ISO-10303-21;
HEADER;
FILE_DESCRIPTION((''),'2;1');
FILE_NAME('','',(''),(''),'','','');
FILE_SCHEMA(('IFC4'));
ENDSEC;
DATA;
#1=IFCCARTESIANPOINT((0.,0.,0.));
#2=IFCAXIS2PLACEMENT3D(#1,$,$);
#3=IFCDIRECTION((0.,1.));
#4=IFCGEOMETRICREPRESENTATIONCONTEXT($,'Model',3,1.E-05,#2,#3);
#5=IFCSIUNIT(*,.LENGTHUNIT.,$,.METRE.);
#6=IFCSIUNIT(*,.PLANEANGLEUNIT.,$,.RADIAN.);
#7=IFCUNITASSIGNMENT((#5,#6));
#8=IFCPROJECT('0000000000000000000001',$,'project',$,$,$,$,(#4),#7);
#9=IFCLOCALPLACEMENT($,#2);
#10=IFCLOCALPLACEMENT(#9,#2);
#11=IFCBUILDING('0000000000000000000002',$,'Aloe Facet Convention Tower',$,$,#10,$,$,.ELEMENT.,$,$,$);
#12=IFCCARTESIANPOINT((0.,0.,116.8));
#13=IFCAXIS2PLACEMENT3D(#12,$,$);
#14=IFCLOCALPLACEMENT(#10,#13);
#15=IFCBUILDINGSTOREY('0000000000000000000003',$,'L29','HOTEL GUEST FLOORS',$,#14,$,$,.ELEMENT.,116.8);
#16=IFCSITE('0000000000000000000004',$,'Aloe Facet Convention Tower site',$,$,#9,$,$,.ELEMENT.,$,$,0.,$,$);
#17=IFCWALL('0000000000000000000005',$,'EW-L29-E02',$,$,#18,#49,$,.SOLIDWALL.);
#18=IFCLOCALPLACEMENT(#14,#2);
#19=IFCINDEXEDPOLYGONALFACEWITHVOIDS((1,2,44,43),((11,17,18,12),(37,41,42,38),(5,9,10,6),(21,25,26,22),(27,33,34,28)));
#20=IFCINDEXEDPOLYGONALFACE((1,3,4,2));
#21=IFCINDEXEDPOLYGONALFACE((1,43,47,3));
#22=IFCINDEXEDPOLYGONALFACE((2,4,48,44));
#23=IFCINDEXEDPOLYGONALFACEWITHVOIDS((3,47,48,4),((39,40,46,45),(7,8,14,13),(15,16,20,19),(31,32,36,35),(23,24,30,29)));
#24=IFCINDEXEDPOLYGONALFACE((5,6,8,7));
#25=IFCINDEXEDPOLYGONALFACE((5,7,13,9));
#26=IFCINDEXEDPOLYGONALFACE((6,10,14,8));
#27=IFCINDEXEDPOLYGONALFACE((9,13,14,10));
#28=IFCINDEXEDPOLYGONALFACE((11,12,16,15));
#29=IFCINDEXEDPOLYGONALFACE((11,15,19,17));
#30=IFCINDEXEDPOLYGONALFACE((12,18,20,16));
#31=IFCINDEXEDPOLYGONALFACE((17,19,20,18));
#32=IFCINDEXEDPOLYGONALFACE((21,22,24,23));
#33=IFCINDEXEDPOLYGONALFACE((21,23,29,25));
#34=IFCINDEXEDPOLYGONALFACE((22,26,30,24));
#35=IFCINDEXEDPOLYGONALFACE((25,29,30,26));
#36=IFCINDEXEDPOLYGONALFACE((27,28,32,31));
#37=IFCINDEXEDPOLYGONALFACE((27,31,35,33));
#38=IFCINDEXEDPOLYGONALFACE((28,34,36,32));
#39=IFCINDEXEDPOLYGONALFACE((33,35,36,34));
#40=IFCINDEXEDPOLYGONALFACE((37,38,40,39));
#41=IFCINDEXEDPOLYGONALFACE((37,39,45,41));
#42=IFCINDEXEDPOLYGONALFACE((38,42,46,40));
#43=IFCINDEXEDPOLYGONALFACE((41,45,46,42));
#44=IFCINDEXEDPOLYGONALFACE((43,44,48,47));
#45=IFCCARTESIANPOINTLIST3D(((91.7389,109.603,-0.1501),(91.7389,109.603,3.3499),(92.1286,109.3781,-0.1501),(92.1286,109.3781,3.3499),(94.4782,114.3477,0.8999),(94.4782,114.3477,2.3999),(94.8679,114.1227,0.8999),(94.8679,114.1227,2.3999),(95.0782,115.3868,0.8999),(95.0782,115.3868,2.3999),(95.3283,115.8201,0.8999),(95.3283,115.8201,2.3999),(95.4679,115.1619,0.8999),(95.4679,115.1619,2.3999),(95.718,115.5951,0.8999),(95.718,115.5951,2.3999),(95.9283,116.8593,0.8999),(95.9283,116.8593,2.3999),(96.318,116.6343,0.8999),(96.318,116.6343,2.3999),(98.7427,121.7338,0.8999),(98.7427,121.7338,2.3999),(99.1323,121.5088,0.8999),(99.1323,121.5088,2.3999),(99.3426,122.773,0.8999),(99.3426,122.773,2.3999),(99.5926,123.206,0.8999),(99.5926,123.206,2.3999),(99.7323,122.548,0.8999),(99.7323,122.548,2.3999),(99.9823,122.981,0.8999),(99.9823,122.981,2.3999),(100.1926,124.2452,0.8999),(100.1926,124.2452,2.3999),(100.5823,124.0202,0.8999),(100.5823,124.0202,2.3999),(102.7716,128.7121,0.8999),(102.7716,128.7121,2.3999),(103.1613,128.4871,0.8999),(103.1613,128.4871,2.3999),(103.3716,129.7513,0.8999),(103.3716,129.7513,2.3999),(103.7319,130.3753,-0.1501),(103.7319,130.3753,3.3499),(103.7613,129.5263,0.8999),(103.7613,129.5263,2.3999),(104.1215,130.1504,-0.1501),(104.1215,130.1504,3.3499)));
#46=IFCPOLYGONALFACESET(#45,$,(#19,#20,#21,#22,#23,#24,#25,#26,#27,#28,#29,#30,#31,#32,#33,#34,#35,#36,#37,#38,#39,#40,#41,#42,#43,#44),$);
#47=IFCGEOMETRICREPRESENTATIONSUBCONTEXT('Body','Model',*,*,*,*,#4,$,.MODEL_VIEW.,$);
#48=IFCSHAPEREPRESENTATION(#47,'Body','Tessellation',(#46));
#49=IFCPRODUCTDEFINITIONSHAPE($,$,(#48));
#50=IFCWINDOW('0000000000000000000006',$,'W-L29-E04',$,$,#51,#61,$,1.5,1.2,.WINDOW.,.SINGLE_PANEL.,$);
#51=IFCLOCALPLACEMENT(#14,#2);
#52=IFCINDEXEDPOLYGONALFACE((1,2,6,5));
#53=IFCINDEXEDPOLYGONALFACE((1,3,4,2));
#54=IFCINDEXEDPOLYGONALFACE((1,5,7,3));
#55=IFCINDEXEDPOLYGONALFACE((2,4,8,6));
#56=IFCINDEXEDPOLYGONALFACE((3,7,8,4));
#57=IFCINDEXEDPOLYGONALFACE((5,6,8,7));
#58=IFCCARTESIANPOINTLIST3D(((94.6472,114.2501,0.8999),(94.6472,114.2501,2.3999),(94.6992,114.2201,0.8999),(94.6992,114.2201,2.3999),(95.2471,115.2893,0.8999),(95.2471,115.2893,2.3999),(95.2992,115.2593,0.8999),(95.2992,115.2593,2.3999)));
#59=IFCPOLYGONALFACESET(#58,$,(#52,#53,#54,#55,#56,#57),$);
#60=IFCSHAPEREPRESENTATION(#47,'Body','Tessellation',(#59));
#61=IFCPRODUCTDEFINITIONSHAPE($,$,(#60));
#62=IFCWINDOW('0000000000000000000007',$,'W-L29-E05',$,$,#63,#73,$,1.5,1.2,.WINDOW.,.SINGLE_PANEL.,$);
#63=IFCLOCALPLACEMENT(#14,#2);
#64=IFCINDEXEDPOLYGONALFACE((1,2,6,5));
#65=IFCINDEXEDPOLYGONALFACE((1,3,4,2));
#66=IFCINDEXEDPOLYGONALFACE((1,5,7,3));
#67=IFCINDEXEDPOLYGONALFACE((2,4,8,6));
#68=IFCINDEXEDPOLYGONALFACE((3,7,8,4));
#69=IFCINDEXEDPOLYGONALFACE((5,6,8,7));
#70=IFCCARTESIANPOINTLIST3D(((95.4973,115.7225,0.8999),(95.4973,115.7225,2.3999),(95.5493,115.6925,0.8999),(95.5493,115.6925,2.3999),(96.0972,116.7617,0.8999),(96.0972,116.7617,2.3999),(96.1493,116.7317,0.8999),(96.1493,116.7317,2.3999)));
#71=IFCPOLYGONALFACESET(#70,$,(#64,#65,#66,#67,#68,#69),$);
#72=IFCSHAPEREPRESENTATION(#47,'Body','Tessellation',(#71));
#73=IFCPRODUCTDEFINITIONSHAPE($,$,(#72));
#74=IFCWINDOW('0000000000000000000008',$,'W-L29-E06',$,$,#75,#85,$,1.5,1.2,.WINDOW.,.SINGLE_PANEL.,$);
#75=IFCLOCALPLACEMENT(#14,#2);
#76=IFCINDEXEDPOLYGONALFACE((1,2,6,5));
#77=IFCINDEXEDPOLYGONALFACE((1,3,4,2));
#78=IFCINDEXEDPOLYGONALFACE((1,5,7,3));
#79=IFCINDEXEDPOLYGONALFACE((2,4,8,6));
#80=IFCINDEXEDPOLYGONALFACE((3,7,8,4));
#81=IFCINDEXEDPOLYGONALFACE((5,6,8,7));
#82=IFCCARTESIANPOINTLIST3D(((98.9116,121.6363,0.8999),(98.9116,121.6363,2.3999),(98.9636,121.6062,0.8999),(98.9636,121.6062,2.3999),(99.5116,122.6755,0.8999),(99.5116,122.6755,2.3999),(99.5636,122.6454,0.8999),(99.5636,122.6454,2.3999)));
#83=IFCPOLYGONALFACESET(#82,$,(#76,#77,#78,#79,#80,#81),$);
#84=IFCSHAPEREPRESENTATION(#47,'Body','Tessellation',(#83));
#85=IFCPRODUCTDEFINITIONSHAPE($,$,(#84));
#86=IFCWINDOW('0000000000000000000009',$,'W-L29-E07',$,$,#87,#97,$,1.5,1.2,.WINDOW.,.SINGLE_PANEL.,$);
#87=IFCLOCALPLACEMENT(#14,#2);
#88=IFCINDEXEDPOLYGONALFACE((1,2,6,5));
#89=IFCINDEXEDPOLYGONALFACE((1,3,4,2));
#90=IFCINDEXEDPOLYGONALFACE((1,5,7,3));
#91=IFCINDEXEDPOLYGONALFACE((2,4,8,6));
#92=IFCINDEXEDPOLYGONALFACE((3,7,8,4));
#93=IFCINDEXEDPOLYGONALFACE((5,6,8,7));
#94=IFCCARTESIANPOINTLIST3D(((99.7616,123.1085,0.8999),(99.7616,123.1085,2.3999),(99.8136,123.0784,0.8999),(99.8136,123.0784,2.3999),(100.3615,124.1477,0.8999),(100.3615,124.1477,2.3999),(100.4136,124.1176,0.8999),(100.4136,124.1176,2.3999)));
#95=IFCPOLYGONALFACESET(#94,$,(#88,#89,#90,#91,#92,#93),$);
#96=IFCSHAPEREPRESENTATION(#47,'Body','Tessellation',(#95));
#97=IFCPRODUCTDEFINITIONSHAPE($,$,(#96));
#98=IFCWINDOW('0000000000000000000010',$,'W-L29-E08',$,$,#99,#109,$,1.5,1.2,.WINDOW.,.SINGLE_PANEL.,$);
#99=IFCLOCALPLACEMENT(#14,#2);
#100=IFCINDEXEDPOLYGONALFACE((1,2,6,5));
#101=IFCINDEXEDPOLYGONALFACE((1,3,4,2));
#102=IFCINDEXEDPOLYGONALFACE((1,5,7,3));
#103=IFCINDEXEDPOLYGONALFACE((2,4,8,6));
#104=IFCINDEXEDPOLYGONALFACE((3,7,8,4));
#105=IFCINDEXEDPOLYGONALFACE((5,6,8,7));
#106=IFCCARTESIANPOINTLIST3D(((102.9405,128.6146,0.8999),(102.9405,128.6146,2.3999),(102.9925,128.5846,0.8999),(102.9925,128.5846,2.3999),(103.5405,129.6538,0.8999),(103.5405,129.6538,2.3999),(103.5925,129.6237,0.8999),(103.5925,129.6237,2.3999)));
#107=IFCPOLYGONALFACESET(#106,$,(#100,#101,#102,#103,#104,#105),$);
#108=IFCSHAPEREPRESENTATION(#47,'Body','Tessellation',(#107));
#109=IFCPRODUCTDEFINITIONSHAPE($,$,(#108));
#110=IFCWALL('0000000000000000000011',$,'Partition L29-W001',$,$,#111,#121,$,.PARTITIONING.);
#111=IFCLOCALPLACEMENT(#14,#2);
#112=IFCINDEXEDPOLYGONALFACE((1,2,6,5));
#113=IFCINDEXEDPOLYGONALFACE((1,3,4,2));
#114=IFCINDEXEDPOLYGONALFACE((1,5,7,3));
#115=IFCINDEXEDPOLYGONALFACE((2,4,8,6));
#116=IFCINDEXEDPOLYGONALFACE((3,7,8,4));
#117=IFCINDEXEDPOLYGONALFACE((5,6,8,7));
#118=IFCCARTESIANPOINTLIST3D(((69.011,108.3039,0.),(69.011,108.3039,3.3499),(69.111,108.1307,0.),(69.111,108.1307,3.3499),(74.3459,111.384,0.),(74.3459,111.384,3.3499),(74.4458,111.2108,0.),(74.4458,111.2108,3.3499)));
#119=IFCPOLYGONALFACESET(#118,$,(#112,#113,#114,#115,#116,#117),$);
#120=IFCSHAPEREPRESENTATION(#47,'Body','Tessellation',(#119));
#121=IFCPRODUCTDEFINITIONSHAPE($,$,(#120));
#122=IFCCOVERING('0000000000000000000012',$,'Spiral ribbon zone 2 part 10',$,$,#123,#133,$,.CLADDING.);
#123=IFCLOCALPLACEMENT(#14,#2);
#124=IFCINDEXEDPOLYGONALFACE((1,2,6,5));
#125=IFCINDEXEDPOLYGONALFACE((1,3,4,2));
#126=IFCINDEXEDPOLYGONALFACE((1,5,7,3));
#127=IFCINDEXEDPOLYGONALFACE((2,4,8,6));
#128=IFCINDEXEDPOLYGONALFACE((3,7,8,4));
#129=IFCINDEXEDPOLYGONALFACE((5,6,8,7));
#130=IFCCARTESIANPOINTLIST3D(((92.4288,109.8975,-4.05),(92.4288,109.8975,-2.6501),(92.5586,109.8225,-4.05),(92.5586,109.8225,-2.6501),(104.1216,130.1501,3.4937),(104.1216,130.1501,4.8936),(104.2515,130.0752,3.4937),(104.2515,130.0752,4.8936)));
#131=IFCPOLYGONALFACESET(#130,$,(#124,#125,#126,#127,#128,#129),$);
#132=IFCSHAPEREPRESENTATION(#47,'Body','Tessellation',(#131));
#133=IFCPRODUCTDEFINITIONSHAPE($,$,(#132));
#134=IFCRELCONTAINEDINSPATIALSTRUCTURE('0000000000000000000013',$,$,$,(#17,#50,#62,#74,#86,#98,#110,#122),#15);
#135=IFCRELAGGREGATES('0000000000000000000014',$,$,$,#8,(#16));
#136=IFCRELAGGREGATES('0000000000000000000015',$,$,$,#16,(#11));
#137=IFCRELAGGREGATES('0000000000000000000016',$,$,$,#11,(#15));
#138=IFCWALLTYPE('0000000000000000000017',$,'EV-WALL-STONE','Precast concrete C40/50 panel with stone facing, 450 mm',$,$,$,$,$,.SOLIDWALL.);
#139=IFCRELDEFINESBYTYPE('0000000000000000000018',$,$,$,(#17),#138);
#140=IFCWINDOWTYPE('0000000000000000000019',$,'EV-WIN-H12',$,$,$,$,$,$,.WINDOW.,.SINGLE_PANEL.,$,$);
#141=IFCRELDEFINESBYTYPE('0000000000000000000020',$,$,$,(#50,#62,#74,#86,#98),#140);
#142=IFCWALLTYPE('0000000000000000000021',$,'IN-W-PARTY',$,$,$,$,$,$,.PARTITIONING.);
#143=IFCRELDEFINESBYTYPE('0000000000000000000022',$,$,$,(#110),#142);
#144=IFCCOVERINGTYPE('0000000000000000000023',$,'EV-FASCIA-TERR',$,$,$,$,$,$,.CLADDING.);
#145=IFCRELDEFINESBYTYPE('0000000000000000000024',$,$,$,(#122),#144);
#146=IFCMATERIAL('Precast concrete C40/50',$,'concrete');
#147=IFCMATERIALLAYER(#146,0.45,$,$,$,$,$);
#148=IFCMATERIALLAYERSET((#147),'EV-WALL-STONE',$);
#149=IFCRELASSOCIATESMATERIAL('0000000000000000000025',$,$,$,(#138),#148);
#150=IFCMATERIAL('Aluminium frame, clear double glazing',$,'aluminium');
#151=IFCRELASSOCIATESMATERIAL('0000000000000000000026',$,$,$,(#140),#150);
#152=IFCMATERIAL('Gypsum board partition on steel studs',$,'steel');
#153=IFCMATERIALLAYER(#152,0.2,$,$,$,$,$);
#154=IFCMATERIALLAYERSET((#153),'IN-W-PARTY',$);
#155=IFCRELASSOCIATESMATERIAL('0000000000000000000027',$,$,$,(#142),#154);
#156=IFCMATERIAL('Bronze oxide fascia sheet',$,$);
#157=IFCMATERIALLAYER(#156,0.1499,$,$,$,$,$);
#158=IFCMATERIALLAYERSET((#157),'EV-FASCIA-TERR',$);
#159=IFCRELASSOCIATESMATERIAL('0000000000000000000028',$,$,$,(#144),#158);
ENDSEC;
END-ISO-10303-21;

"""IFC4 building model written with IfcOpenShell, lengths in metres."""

from ifc_helpers import new_model, si_unit, direction, frame, frame_2d, origin, place, context, subcontext, project, spatial, polyline, rectangle, outline, extrude, material, layer, layer_set, type_object, element, fill, save


model = new_model("IFC4")

# Units and contexts
model_context = context("Model", 3, precision=1e-05, world=origin(), true_north=direction((0.0, 1.0)))
body_context = subcontext(model_context, "Body", "Model", "MODEL_VIEW")
ifc_project = project(units=[si_unit("LENGTHUNIT", "METRE"), si_unit("PLANEANGLEUNIT", "RADIAN")], contexts=[model_context])

# Site, building, storey
site_placement = place(None, origin())
site = spatial("IfcSite", under=ifc_project, at=site_placement, Name="Aloe Facet Convention Tower site", CompositionType="ELEMENT", RefElevation=0.0)
building_placement = place(site_placement, origin())
building = spatial("IfcBuilding", under=site, at=building_placement, Name="Aloe Facet Convention Tower", CompositionType="ELEMENT")
storey_placement = place(building_placement, frame((0.0, 0.0, 116.8)))
storey = spatial("IfcBuildingStorey", under=building, at=storey_placement, Name="L29", Description="HOTEL GUEST FLOORS", CompositionType="ELEMENT", Elevation=116.8)

# Wall, openings, windows
ifc_material_1 = material(Name="Precast concrete C40/50", Category="concrete")
ifc_layer_1 = layer(ifc_material_1, 0.45)
ifc_layer_set_1 = layer_set([ifc_layer_1], Name="EV-WALL-STONE")
wall_type_1 = type_object("IfcWallType", Name="EV-WALL-STONE", Description="Precast concrete C40/50 panel with stone facing, 450 mm", PredefinedType="SOLIDWALL", material=ifc_layer_set_1)
wall_1_placement = place(storey_placement, frame((91.9338, 109.4905, -0.1501), z_axis=(0.0, 0.0, 1.0), x_axis=(0.500002, 0.866024, 0.0)))
wall_1 = element("IfcWall", 1, at=wall_1_placement, inside=storey, type_object=wall_type_1, Name="EW-L29-E02", PredefinedType="SOLIDWALL", context=body_context, shape_type="SweptSolid", body=[
    extrude(outline(polyline([(23.9858, 3.5), (23.9858, 0.0), (0.0, 0.0), (0.0, 3.5), (23.9858, 3.5)])), frame((0.0, 0.2251, 0.0), z_axis=(0.0, -1.0, 0.0), x_axis=(1.0, 0.0, 0.0)), (0.0, 0.0, 1.0), 0.45),
])
opening_1_placement = place(wall_1_placement, frame((5.4785, 0.0, 1.05)))
opening_1 = element("IfcOpeningElement", 2, at=opening_1_placement, cuts=wall_1, PredefinedType="OPENING", context=body_context, shape_type="SweptSolid", body=[
    extrude(rectangle(XDim=1.2, YDim=1.5, at=frame_2d((0.6001, 0.75))), frame((0.0, 0.2349, 0.0), z_axis=(0.0, -1.0, 0.0), x_axis=(1.0, 0.0, 0.0)), (0.0, 0.0, 1.0), 0.47),
])
opening_2_placement = place(wall_1_placement, frame((7.1787, 0.0, 1.05)))
opening_2 = element("IfcOpeningElement", 3, at=opening_2_placement, cuts=wall_1, PredefinedType="OPENING", context=body_context, shape_type="SweptSolid", body=[
    extrude(rectangle(XDim=1.2, YDim=1.5, at=frame_2d((0.6001, 0.75))), frame((0.0, 0.2349, 0.0), z_axis=(0.0, -1.0, 0.0), x_axis=(1.0, 0.0, 0.0)), (0.0, 0.0, 1.0), 0.47),
])
opening_3_placement = place(wall_1_placement, frame((14.0073, 0.0, 1.05)))
opening_3 = element("IfcOpeningElement", 4, at=opening_3_placement, cuts=wall_1, PredefinedType="OPENING", context=body_context, shape_type="SweptSolid", body=[
    extrude(rectangle(XDim=1.2, YDim=1.5, at=frame_2d((0.6001, 0.75))), frame((0.0, 0.2349, 0.0), z_axis=(0.0, -1.0, 0.0), x_axis=(1.0, 0.0, 0.0)), (0.0, 0.0, 1.0), 0.47),
])
opening_4_placement = place(wall_1_placement, frame((15.7073, 0.0, 1.05)))
opening_4 = element("IfcOpeningElement", 5, at=opening_4_placement, cuts=wall_1, PredefinedType="OPENING", context=body_context, shape_type="SweptSolid", body=[
    extrude(rectangle(XDim=1.2, YDim=1.5, at=frame_2d((0.6001, 0.75))), frame((0.0, 0.2349, 0.0), z_axis=(0.0, -1.0, 0.0), x_axis=(1.0, 0.0, 0.0)), (0.0, 0.0, 1.0), 0.47),
])
opening_5_placement = place(wall_1_placement, frame((22.0652, 0.0, 1.05)))
opening_5 = element("IfcOpeningElement", 6, at=opening_5_placement, cuts=wall_1, PredefinedType="OPENING", context=body_context, shape_type="SweptSolid", body=[
    extrude(rectangle(XDim=1.2, YDim=1.5, at=frame_2d((0.6001, 0.75))), frame((0.0, 0.2349, 0.0), z_axis=(0.0, -1.0, 0.0), x_axis=(1.0, 0.0, 0.0)), (0.0, 0.0, 1.0), 0.47),
])
ifc_material_2 = material(Name="Aluminium frame, clear double glazing", Category="aluminium")
window_type = type_object("IfcWindowType", Name="EV-WIN-H12", PartitioningType="SINGLE_PANEL", PredefinedType="WINDOW", material=ifc_material_2)
window_1_placement = place(opening_1_placement, origin())
window_1 = element("IfcWindow", 7, at=window_1_placement, inside=storey, type_object=window_type, Name="W-L29-E04", OverallHeight=1.5, OverallWidth=1.2, PartitioningType="SINGLE_PANEL", PredefinedType="WINDOW", context=body_context, shape_type="SweptSolid", body=[
    extrude(rectangle(XDim=1.2, YDim=1.5, at=frame_2d((0.6001, 0.75))), frame((0.0, 0.03, 0.0), z_axis=(0.0, -1.0, 0.0), x_axis=(1.0, 0.0, 0.0)), (0.0, 0.0, 1.0), 0.0601),
])
fill(opening_1, window_1)
window_2_placement = place(opening_2_placement, origin())
window_2 = element("IfcWindow", 8, at=window_2_placement, inside=storey, type_object=window_type, Name="W-L29-E05", OverallHeight=1.5, OverallWidth=1.2, PartitioningType="SINGLE_PANEL", PredefinedType="WINDOW", context=body_context, shape_type="SweptSolid", body=[
    extrude(rectangle(XDim=1.2, YDim=1.5, at=frame_2d((0.6001, 0.75))), frame((0.0, 0.03, 0.0), z_axis=(0.0, -1.0, 0.0), x_axis=(1.0, 0.0, 0.0)), (0.0, 0.0, 1.0), 0.0601),
])
fill(opening_2, window_2)
window_3_placement = place(opening_3_placement, origin())
window_3 = element("IfcWindow", 9, at=window_3_placement, inside=storey, type_object=window_type, Name="W-L29-E06", OverallHeight=1.5, OverallWidth=1.2, PartitioningType="SINGLE_PANEL", PredefinedType="WINDOW", context=body_context, shape_type="SweptSolid", body=[
    extrude(rectangle(XDim=1.2, YDim=1.5, at=frame_2d((0.6001, 0.75))), frame((0.0, 0.03, 0.0), z_axis=(0.0, -1.0, 0.0), x_axis=(1.0, 0.0, 0.0)), (0.0, 0.0, 1.0), 0.0601),
])
fill(opening_3, window_3)
window_4_placement = place(opening_4_placement, origin())
window_4 = element("IfcWindow", 10, at=window_4_placement, inside=storey, type_object=window_type, Name="W-L29-E07", OverallHeight=1.5, OverallWidth=1.2, PartitioningType="SINGLE_PANEL", PredefinedType="WINDOW", context=body_context, shape_type="SweptSolid", body=[
    extrude(rectangle(XDim=1.2, YDim=1.5, at=frame_2d((0.6001, 0.75))), frame((0.0, 0.03, 0.0), z_axis=(0.0, -1.0, 0.0), x_axis=(1.0, 0.0, 0.0)), (0.0, 0.0, 1.0), 0.0601),
])
fill(opening_4, window_4)
window_5_placement = place(opening_5_placement, origin())
window_5 = element("IfcWindow", 11, at=window_5_placement, inside=storey, type_object=window_type, Name="W-L29-E08", OverallHeight=1.5, OverallWidth=1.2, PartitioningType="SINGLE_PANEL", PredefinedType="WINDOW", context=body_context, shape_type="SweptSolid", body=[
    extrude(rectangle(XDim=1.2, YDim=1.5, at=frame_2d((0.6001, 0.75))), frame((0.0, 0.03, 0.0), z_axis=(0.0, -1.0, 0.0), x_axis=(1.0, 0.0, 0.0)), (0.0, 0.0, 1.0), 0.0601),
])
fill(opening_5, window_5)

# Wall
ifc_material_3 = material(Name="Gypsum board partition on steel studs", Category="steel")
ifc_layer_2 = layer(ifc_material_3, 0.2)
ifc_layer_set_2 = layer_set([ifc_layer_2], Name="IN-W-PARTY")
wall_type_2 = type_object("IfcWallType", Name="IN-W-PARTY", PredefinedType="PARTITIONING", material=ifc_layer_set_2)
wall_2_placement = place(storey_placement, frame((69.061, 108.2173, 0.0), z_axis=(0.0, 0.0, 1.0), x_axis=(0.86602, 0.500009, 0.0)))
element("IfcWall", 12, at=wall_2_placement, inside=storey, type_object=wall_type_2, Name="Partition L29-W001", PredefinedType="PARTITIONING", context=body_context, shape_type="SweptSolid", body=[
    extrude(rectangle(XDim=6.1602, YDim=0.2, at=frame_2d((3.0801, 0.0))), origin(), (0.0, 0.0, 1.0), 3.3499),
])

# Covering
ifc_material_4 = material(Name="Bronze oxide fascia sheet")
ifc_layer_3 = layer(ifc_material_4, 0.1499)
ifc_layer_set_3 = layer_set([ifc_layer_3], Name="EV-FASCIA-TERR")
covering_type = type_object("IfcCoveringType", Name="EV-FASCIA-TERR", PredefinedType="CLADDING", material=ifc_layer_set_3)
covering_placement = place(storey_placement, frame((92.5586, 109.8225, -4.05), z_axis=(0.866026, -0.499999, 0.0), x_axis=(0.475854, 0.824205, 0.306999)))
element("IfcCovering", 13, at=covering_placement, inside=storey, type_object=covering_type, Name="Spiral ribbon zone 2 part 10", PredefinedType="CLADDING", context=body_context, shape_type="SweptSolid", body=[
    extrude(outline(polyline([(0.0, 0.0), (24.5724, 0.0), (25.0022, 1.3323), (0.4298, 1.3323), (0.0, 0.0)])), origin(), (0.0, 0.0, -1.0), 0.1499),
])

save(model, "model.ifc")
